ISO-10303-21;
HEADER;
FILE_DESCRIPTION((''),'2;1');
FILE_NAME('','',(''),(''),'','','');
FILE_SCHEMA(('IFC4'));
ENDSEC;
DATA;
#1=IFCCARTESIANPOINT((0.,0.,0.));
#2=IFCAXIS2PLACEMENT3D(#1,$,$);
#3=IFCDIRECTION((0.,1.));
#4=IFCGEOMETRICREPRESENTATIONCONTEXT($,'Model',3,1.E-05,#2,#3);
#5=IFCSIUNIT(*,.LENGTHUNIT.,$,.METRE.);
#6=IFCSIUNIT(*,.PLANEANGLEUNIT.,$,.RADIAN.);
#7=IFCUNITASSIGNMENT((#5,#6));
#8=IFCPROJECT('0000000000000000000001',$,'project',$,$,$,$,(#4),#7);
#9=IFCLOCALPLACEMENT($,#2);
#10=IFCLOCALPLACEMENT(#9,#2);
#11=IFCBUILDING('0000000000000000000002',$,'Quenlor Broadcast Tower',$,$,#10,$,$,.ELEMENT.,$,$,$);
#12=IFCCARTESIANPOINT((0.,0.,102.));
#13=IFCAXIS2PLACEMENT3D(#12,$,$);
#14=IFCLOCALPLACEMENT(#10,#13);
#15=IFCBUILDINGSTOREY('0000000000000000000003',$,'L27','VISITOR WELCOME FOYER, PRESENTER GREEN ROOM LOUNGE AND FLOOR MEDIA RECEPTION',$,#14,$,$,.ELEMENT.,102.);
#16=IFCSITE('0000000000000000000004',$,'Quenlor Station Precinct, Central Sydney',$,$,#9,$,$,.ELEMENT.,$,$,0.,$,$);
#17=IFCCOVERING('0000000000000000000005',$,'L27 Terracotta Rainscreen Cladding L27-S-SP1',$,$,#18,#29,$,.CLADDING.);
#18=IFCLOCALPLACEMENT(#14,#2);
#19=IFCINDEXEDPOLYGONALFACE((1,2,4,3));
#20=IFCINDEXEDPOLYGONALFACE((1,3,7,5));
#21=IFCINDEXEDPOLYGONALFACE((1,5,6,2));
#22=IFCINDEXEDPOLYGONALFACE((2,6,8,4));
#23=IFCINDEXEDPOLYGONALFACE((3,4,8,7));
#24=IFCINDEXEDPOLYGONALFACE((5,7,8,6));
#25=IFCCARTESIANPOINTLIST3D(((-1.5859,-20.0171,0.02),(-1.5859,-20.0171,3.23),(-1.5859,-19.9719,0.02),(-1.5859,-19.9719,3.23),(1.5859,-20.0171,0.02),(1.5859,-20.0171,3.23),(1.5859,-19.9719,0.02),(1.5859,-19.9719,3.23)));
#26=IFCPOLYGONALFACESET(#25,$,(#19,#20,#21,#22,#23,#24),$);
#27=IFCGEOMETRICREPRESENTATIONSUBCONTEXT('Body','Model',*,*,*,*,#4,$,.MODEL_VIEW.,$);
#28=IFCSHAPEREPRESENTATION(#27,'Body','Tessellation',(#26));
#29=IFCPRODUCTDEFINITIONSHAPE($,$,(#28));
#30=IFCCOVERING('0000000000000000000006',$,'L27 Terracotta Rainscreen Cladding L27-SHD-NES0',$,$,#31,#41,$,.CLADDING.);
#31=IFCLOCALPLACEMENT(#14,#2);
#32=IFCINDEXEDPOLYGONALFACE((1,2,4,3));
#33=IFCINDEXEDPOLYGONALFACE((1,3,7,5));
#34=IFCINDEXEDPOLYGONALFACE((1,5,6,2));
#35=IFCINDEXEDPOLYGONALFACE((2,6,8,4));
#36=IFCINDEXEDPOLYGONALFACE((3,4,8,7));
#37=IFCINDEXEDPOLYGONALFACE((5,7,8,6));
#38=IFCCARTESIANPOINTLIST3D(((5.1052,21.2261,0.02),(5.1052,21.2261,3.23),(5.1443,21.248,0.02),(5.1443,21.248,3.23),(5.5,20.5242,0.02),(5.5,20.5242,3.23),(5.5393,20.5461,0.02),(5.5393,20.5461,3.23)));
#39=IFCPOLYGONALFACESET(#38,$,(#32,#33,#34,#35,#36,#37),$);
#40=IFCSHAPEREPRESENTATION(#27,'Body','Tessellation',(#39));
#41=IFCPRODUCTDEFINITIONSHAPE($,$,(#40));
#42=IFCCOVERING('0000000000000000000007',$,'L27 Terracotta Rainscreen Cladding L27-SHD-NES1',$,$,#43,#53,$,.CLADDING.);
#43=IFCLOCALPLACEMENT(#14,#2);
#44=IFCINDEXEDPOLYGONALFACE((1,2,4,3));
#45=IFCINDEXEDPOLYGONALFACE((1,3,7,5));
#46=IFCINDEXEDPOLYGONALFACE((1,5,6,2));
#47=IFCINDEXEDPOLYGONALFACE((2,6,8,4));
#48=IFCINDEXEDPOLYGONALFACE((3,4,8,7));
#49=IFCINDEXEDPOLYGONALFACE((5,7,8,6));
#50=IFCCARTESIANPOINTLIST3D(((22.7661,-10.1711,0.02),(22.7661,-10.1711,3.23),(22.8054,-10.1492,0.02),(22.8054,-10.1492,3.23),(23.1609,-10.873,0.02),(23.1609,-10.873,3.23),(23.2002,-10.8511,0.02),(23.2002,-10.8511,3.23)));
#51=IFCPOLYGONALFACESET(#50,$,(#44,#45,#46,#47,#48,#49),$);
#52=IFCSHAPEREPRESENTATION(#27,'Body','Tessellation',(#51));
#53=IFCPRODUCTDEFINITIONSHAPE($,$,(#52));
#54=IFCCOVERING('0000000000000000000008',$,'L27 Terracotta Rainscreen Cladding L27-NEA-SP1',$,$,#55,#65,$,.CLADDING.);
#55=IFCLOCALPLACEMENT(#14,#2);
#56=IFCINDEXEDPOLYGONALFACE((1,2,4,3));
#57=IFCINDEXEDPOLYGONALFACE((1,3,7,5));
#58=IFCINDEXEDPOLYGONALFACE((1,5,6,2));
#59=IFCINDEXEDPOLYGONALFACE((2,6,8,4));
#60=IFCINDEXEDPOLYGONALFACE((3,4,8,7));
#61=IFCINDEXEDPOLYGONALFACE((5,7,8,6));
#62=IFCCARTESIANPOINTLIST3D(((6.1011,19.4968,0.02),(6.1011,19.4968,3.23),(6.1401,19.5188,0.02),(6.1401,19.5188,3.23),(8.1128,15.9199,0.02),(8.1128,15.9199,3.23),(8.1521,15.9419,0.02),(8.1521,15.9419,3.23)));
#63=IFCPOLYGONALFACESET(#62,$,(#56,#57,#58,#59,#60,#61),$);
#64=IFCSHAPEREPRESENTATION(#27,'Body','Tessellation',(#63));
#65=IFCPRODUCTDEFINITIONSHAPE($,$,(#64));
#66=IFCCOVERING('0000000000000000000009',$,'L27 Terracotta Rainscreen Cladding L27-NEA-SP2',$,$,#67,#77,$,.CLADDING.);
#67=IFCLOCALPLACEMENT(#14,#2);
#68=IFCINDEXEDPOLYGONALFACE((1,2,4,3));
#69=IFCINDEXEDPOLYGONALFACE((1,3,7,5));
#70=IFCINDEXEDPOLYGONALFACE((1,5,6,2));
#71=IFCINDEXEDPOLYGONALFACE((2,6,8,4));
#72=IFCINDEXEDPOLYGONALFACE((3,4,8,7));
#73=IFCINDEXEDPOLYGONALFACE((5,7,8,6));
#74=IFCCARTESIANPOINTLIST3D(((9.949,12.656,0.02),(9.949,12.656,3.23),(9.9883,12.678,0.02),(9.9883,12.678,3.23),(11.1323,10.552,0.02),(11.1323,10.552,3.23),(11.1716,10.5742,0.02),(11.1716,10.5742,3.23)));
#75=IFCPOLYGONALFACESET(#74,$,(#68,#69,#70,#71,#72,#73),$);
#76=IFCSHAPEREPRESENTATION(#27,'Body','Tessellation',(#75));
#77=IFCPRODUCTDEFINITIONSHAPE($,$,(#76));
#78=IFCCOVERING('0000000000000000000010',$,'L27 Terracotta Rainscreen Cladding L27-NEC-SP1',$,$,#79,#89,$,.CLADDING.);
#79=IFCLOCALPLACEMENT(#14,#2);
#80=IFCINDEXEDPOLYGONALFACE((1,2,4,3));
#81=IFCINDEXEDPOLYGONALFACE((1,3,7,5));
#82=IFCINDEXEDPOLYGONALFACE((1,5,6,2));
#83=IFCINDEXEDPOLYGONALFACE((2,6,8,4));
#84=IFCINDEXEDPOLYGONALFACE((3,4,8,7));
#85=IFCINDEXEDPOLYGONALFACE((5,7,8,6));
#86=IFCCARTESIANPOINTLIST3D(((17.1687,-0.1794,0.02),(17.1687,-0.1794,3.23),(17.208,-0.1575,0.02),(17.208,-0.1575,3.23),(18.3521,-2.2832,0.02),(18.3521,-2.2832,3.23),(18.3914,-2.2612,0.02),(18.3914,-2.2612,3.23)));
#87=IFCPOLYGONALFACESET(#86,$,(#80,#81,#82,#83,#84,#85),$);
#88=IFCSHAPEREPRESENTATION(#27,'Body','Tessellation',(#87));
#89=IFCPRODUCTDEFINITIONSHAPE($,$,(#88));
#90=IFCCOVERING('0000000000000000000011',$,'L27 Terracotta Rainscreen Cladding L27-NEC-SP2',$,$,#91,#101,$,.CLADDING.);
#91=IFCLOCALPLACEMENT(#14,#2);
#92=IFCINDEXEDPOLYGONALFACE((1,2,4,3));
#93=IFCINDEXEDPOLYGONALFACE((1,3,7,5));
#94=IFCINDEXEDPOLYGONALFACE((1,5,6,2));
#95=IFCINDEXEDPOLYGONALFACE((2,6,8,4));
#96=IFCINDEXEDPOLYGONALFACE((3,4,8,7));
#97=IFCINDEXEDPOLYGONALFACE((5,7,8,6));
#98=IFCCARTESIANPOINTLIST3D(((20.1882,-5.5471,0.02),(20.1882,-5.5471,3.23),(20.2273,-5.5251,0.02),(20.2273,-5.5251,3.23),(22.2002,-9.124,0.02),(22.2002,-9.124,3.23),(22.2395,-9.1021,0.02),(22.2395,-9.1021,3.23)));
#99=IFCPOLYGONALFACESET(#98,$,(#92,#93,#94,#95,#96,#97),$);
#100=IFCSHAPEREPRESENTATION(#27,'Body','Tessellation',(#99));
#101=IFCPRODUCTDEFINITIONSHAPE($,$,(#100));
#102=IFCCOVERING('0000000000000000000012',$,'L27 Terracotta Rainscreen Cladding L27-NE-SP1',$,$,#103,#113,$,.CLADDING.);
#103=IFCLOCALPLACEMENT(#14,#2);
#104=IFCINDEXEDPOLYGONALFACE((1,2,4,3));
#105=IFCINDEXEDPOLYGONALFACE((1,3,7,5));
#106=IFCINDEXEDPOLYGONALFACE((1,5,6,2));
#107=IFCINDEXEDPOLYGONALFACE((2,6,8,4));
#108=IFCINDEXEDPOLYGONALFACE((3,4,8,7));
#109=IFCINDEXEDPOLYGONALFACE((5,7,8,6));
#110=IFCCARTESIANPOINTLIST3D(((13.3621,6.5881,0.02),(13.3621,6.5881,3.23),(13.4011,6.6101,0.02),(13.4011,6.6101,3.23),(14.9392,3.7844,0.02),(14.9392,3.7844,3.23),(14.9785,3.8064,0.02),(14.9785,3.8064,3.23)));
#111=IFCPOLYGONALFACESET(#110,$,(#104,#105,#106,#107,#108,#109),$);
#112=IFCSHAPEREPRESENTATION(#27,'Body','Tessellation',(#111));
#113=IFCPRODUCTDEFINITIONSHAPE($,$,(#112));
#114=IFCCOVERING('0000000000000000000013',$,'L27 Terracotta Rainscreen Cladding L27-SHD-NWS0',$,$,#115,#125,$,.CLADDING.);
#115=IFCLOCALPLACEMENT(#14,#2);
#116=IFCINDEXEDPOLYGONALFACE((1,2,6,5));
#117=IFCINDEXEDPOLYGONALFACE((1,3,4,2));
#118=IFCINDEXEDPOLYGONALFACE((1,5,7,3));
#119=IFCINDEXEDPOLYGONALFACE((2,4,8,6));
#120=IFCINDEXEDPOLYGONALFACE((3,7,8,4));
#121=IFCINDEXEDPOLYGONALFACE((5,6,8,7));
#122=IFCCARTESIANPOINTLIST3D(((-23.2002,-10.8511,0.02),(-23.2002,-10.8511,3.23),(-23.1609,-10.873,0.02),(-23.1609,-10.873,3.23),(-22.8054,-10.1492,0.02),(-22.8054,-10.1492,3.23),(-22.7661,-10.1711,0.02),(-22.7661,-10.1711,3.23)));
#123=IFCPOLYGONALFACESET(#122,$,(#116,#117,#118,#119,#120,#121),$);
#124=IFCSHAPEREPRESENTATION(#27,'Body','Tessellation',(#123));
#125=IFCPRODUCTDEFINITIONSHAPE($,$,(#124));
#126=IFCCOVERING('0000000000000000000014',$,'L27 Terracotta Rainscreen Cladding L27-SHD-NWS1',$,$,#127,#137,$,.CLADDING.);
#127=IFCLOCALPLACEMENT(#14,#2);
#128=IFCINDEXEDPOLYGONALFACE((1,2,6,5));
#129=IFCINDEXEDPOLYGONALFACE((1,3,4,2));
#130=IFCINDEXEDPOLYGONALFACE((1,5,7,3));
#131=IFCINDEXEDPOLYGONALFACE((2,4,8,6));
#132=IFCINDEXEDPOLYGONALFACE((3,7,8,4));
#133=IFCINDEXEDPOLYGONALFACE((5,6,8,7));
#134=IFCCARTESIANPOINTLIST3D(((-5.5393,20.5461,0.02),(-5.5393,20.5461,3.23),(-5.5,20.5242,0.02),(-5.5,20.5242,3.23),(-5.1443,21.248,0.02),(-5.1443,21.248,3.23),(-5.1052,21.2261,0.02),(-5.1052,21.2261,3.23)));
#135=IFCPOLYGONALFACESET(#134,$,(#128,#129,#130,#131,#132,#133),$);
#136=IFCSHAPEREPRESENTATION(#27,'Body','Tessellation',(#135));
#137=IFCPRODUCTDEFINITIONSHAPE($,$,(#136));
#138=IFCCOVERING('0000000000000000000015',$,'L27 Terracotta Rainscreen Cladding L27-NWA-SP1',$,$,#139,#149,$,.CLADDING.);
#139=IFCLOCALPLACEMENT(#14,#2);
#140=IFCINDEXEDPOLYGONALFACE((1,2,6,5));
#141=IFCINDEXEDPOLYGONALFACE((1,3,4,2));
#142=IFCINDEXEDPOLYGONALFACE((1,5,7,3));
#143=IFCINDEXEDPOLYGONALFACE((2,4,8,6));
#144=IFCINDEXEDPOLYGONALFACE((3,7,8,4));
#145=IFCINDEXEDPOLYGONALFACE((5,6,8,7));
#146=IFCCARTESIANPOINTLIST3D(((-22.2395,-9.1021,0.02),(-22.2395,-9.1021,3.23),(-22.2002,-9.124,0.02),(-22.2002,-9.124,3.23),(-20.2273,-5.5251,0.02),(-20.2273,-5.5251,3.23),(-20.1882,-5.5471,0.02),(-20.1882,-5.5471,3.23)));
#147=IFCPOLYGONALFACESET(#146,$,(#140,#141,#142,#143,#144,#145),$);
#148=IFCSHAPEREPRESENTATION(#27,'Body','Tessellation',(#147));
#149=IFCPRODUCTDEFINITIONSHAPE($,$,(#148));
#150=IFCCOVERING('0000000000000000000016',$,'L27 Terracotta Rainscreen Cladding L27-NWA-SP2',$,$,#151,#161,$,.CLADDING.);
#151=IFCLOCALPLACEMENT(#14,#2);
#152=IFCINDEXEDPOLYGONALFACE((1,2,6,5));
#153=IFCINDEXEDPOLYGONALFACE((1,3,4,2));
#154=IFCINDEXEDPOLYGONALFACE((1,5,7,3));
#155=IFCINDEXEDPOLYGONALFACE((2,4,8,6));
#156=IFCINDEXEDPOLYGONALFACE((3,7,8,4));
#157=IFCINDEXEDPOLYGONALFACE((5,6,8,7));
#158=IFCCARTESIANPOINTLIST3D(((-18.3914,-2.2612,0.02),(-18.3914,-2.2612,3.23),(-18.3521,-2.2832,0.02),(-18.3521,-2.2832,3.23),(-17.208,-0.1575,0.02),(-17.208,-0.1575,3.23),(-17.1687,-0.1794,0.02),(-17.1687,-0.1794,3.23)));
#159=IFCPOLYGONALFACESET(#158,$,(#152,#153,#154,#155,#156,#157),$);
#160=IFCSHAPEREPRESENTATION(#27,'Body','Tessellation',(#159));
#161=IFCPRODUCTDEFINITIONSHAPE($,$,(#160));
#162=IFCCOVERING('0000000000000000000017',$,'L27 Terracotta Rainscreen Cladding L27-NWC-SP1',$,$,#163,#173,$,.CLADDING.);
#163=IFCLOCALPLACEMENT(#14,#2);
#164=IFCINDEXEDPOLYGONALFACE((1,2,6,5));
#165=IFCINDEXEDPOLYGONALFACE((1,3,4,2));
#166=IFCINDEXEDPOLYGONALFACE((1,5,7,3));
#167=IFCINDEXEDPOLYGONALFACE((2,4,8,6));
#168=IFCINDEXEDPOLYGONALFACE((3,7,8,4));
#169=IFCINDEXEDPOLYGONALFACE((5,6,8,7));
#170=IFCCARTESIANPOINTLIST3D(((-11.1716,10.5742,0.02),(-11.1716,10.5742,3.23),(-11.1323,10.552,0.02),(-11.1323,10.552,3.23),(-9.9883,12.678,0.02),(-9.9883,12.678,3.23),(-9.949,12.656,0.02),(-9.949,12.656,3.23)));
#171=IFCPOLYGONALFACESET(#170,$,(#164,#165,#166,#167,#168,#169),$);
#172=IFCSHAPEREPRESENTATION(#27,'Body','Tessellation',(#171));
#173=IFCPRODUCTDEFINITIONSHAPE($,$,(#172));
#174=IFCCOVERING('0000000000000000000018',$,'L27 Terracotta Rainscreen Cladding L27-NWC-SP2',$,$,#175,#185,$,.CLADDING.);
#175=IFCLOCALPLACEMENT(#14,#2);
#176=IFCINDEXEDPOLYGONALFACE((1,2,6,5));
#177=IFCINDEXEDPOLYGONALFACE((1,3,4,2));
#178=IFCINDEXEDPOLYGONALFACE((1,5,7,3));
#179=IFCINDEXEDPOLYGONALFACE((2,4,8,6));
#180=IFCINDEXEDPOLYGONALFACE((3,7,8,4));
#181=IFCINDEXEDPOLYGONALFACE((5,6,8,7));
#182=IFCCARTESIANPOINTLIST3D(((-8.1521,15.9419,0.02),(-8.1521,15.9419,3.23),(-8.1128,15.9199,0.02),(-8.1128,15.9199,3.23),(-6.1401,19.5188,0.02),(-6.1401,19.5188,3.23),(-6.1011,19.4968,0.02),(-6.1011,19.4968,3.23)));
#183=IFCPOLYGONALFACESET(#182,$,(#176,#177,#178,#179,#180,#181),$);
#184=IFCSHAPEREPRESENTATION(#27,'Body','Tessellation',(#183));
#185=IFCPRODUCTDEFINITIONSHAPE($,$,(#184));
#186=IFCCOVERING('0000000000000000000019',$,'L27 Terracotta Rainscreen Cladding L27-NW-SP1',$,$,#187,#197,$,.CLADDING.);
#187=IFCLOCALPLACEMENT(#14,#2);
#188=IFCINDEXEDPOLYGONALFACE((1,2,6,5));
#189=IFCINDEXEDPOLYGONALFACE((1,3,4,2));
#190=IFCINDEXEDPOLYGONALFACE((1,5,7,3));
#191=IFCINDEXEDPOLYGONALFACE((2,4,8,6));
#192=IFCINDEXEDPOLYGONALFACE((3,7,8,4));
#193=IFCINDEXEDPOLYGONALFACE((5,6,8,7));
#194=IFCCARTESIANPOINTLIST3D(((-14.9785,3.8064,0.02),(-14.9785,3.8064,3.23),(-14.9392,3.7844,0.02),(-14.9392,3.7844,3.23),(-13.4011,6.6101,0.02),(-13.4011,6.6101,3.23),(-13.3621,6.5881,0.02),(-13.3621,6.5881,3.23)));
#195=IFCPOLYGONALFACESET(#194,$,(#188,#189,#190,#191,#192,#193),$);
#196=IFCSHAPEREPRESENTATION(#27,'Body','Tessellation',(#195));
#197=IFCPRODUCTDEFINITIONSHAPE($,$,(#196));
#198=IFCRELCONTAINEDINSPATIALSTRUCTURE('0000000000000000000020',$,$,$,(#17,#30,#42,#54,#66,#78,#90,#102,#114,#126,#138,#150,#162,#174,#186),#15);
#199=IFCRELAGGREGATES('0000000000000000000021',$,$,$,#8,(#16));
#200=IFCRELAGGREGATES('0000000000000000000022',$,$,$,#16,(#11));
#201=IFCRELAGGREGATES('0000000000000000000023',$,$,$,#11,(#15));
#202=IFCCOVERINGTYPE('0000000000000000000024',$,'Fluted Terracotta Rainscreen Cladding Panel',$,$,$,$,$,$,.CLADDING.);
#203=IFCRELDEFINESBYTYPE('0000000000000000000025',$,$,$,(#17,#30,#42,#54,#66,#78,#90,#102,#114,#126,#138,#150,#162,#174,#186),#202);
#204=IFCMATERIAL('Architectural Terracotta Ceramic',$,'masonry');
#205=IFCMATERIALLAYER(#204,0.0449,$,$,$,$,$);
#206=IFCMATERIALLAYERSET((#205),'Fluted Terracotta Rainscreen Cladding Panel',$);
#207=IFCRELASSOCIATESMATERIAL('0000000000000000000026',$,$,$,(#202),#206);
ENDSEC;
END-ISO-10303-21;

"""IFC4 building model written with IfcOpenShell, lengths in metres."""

from ifc_helpers import new_model, si_unit, direction, frame, origin, place, context, subcontext, project, spatial, polyline, outline, extrude, material, layer, layer_set, type_object, element, save


model = new_model("IFC4")

# Units and contexts
model_context = context("Model", 3, precision=1e-05, world=origin(), true_north=direction((0.0, 1.0)))
body_context = subcontext(model_context, "Body", "Model", "MODEL_VIEW")
ifc_project = project(units=[si_unit("LENGTHUNIT", "METRE"), si_unit("PLANEANGLEUNIT", "RADIAN")], contexts=[model_context])

# Site, building, storey
site_placement = place(None, origin())
site = spatial("IfcSite", under=ifc_project, at=site_placement, Name="Quenlor Station Precinct, Central Sydney", CompositionType="ELEMENT", RefElevation=0.0)
building_placement = place(site_placement, origin())
building = spatial("IfcBuilding", under=site, at=building_placement, Name="Quenlor Broadcast Tower", CompositionType="ELEMENT")
storey_placement = place(building_placement, frame((0.0, 0.0, 102.0)))
storey = spatial("IfcBuildingStorey", under=building, at=storey_placement, Name="L27", Description="VISITOR WELCOME FOYER, PRESENTER GREEN ROOM LOUNGE AND FLOOR MEDIA RECEPTION", CompositionType="ELEMENT", Elevation=102.0)

# Coverings
ifc_material_1 = material(Name="Architectural Terracotta Ceramic", Category="masonry")
ifc_layer_1 = layer(ifc_material_1, 0.0449)
ifc_layer_set_1 = layer_set([ifc_layer_1], Name="Fluted Terracotta Rainscreen Cladding Panel")
covering_type = type_object("IfcCoveringType", Name="Fluted Terracotta Rainscreen Cladding Panel", PredefinedType="CLADDING", material=ifc_layer_set_1)
covering_1_placement = place(storey_placement, frame((0.0, 0.0, 0.02)))
element("IfcCovering", 1, at=covering_1_placement, inside=storey, type_object=covering_type, Name="L27 Terracotta Rainscreen Cladding L27-S-SP1", PredefinedType="CLADDING", context=body_context, shape_type="SweptSolid", body=[
    extrude(outline(polyline([(1.5859, -19.9719), (-1.5859, -19.9719), (-1.5859, -20.0171), (1.5859, -20.0171), (1.5859, -19.9719)])), origin(), (0.0, 0.0, 1.0), 3.21),
])
covering_2_placement = place(storey_placement, frame((0.0, 0.0, 0.02)))
element("IfcCovering", 2, at=covering_2_placement, inside=storey, type_object=covering_type, Name="L27 Terracotta Rainscreen Cladding L27-SHD-NES0", PredefinedType="CLADDING", context=body_context, shape_type="SweptSolid", body=[
    extrude(outline(polyline([(5.1052, 21.2261), (5.5, 20.5242), (5.5393, 20.5461), (5.1443, 21.248), (5.1052, 21.2261)])), origin(), (0.0, 0.0, 1.0), 3.21),
])
covering_3_placement = place(storey_placement, frame((0.0, 0.0, 0.02)))
element("IfcCovering", 3, at=covering_3_placement, inside=storey, type_object=covering_type, Name="L27 Terracotta Rainscreen Cladding L27-SHD-NES1", PredefinedType="CLADDING", context=body_context, shape_type="SweptSolid", body=[
    extrude(outline(polyline([(22.7661, -10.1711), (23.1609, -10.873), (23.2002, -10.8511), (22.8054, -10.1492), (22.7661, -10.1711)])), origin(), (0.0, 0.0, 1.0), 3.21),
])
covering_4_placement = place(storey_placement, frame((0.0, 0.0, 0.02)))
element("IfcCovering", 4, at=covering_4_placement, inside=storey, type_object=covering_type, Name="L27 Terracotta Rainscreen Cladding L27-NEA-SP1", PredefinedType="CLADDING", context=body_context, shape_type="SweptSolid", body=[
    extrude(outline(polyline([(6.1011, 19.4968), (8.1128, 15.9199), (8.1521, 15.9419), (6.1401, 19.5188), (6.1011, 19.4968)])), origin(), (0.0, 0.0, 1.0), 3.21),
])
covering_5_placement = place(storey_placement, frame((0.0, 0.0, 0.02)))
element("IfcCovering", 5, at=covering_5_placement, inside=storey, type_object=covering_type, Name="L27 Terracotta Rainscreen Cladding L27-NEA-SP2", PredefinedType="CLADDING", context=body_context, shape_type="SweptSolid", body=[
    extrude(outline(polyline([(9.949, 12.656), (11.1323, 10.552), (11.1716, 10.5742), (9.9883, 12.678), (9.949, 12.656)])), origin(), (0.0, 0.0, 1.0), 3.21),
])
covering_6_placement = place(storey_placement, frame((0.0, 0.0, 0.02)))
element("IfcCovering", 6, at=covering_6_placement, inside=storey, type_object=covering_type, Name="L27 Terracotta Rainscreen Cladding L27-NEC-SP1", PredefinedType="CLADDING", context=body_context, shape_type="SweptSolid", body=[
    extrude(outline(polyline([(17.1687, -0.1794), (18.3521, -2.2832), (18.3914, -2.2612), (17.208, -0.1575), (17.1687, -0.1794)])), origin(), (0.0, 0.0, 1.0), 3.21),
])
covering_7_placement = place(storey_placement, frame((0.0, 0.0, 0.02)))
element("IfcCovering", 7, at=covering_7_placement, inside=storey, type_object=covering_type, Name="L27 Terracotta Rainscreen Cladding L27-NEC-SP2", PredefinedType="CLADDING", context=body_context, shape_type="SweptSolid", body=[
    extrude(outline(polyline([(20.1882, -5.5471), (22.2002, -9.124), (22.2395, -9.1021), (20.2273, -5.5251), (20.1882, -5.5471)])), origin(), (0.0, 0.0, 1.0), 3.21),
])
covering_8_placement = place(storey_placement, frame((0.0, 0.0, 0.02)))
element("IfcCovering", 8, at=covering_8_placement, inside=storey, type_object=covering_type, Name="L27 Terracotta Rainscreen Cladding L27-NE-SP1", PredefinedType="CLADDING", context=body_context, shape_type="SweptSolid", body=[
    extrude(outline(polyline([(13.3621, 6.5881), (14.9392, 3.7844), (14.9785, 3.8064), (13.4011, 6.6101), (13.3621, 6.5881)])), origin(), (0.0, 0.0, 1.0), 3.21),
])
covering_9_placement = place(storey_placement, frame((0.0, 0.0, 0.02)))
element("IfcCovering", 9, at=covering_9_placement, inside=storey, type_object=covering_type, Name="L27 Terracotta Rainscreen Cladding L27-SHD-NWS0", PredefinedType="CLADDING", context=body_context, shape_type="SweptSolid", body=[
    extrude(outline(polyline([(-23.1609, -10.873), (-22.7661, -10.1711), (-22.8054, -10.1492), (-23.2002, -10.8511), (-23.1609, -10.873)])), origin(), (0.0, 0.0, 1.0), 3.21),
])
covering_10_placement = place(storey_placement, frame((0.0, 0.0, 0.02)))
element("IfcCovering", 10, at=covering_10_placement, inside=storey, type_object=covering_type, Name="L27 Terracotta Rainscreen Cladding L27-SHD-NWS1", PredefinedType="CLADDING", context=body_context, shape_type="SweptSolid", body=[
    extrude(outline(polyline([(-5.5, 20.5242), (-5.1052, 21.2261), (-5.1443, 21.248), (-5.5393, 20.5461), (-5.5, 20.5242)])), origin(), (0.0, 0.0, 1.0), 3.21),
])
covering_11_placement = place(storey_placement, frame((0.0, 0.0, 0.02)))
element("IfcCovering", 11, at=covering_11_placement, inside=storey, type_object=covering_type, Name="L27 Terracotta Rainscreen Cladding L27-NWA-SP1", PredefinedType="CLADDING", context=body_context, shape_type="SweptSolid", body=[
    extrude(outline(polyline([(-22.2002, -9.124), (-20.1882, -5.5471), (-20.2273, -5.5251), (-22.2395, -9.1021), (-22.2002, -9.124)])), origin(), (0.0, 0.0, 1.0), 3.21),
])
covering_12_placement = place(storey_placement, frame((0.0, 0.0, 0.02)))
element("IfcCovering", 12, at=covering_12_placement, inside=storey, type_object=covering_type, Name="L27 Terracotta Rainscreen Cladding L27-NWA-SP2", PredefinedType="CLADDING", context=body_context, shape_type="SweptSolid", body=[
    extrude(outline(polyline([(-18.3521, -2.2832), (-17.1687, -0.1794), (-17.208, -0.1575), (-18.3914, -2.2612), (-18.3521, -2.2832)])), origin(), (0.0, 0.0, 1.0), 3.21),
])
covering_13_placement = place(storey_placement, frame((0.0, 0.0, 0.02)))
element("IfcCovering", 13, at=covering_13_placement, inside=storey, type_object=covering_type, Name="L27 Terracotta Rainscreen Cladding L27-NWC-SP1", PredefinedType="CLADDING", context=body_context, shape_type="SweptSolid", body=[
    extrude(outline(polyline([(-11.1323, 10.552), (-9.949, 12.656), (-9.9883, 12.678), (-11.1716, 10.5742), (-11.1323, 10.552)])), origin(), (0.0, 0.0, 1.0), 3.21),
])
covering_14_placement = place(storey_placement, frame((0.0, 0.0, 0.02)))
element("IfcCovering", 14, at=covering_14_placement, inside=storey, type_object=covering_type, Name="L27 Terracotta Rainscreen Cladding L27-NWC-SP2", PredefinedType="CLADDING", context=body_context, shape_type="SweptSolid", body=[
    extrude(outline(polyline([(-8.1128, 15.9199), (-6.1011, 19.4968), (-6.1401, 19.5188), (-8.1521, 15.9419), (-8.1128, 15.9199)])), origin(), (0.0, 0.0, 1.0), 3.21),
])
covering_15_placement = place(storey_placement, frame((0.0, 0.0, 0.02)))
element("IfcCovering", 15, at=covering_15_placement, inside=storey, type_object=covering_type, Name="L27 Terracotta Rainscreen Cladding L27-NW-SP1", PredefinedType="CLADDING", context=body_context, shape_type="SweptSolid", body=[
    extrude(outline(polyline([(-14.9392, 3.7844), (-13.3621, 6.5881), (-13.4011, 6.6101), (-14.9785, 3.8064), (-14.9392, 3.7844)])), origin(), (0.0, 0.0, 1.0), 3.21),
])

save(model, "model.ifc")
